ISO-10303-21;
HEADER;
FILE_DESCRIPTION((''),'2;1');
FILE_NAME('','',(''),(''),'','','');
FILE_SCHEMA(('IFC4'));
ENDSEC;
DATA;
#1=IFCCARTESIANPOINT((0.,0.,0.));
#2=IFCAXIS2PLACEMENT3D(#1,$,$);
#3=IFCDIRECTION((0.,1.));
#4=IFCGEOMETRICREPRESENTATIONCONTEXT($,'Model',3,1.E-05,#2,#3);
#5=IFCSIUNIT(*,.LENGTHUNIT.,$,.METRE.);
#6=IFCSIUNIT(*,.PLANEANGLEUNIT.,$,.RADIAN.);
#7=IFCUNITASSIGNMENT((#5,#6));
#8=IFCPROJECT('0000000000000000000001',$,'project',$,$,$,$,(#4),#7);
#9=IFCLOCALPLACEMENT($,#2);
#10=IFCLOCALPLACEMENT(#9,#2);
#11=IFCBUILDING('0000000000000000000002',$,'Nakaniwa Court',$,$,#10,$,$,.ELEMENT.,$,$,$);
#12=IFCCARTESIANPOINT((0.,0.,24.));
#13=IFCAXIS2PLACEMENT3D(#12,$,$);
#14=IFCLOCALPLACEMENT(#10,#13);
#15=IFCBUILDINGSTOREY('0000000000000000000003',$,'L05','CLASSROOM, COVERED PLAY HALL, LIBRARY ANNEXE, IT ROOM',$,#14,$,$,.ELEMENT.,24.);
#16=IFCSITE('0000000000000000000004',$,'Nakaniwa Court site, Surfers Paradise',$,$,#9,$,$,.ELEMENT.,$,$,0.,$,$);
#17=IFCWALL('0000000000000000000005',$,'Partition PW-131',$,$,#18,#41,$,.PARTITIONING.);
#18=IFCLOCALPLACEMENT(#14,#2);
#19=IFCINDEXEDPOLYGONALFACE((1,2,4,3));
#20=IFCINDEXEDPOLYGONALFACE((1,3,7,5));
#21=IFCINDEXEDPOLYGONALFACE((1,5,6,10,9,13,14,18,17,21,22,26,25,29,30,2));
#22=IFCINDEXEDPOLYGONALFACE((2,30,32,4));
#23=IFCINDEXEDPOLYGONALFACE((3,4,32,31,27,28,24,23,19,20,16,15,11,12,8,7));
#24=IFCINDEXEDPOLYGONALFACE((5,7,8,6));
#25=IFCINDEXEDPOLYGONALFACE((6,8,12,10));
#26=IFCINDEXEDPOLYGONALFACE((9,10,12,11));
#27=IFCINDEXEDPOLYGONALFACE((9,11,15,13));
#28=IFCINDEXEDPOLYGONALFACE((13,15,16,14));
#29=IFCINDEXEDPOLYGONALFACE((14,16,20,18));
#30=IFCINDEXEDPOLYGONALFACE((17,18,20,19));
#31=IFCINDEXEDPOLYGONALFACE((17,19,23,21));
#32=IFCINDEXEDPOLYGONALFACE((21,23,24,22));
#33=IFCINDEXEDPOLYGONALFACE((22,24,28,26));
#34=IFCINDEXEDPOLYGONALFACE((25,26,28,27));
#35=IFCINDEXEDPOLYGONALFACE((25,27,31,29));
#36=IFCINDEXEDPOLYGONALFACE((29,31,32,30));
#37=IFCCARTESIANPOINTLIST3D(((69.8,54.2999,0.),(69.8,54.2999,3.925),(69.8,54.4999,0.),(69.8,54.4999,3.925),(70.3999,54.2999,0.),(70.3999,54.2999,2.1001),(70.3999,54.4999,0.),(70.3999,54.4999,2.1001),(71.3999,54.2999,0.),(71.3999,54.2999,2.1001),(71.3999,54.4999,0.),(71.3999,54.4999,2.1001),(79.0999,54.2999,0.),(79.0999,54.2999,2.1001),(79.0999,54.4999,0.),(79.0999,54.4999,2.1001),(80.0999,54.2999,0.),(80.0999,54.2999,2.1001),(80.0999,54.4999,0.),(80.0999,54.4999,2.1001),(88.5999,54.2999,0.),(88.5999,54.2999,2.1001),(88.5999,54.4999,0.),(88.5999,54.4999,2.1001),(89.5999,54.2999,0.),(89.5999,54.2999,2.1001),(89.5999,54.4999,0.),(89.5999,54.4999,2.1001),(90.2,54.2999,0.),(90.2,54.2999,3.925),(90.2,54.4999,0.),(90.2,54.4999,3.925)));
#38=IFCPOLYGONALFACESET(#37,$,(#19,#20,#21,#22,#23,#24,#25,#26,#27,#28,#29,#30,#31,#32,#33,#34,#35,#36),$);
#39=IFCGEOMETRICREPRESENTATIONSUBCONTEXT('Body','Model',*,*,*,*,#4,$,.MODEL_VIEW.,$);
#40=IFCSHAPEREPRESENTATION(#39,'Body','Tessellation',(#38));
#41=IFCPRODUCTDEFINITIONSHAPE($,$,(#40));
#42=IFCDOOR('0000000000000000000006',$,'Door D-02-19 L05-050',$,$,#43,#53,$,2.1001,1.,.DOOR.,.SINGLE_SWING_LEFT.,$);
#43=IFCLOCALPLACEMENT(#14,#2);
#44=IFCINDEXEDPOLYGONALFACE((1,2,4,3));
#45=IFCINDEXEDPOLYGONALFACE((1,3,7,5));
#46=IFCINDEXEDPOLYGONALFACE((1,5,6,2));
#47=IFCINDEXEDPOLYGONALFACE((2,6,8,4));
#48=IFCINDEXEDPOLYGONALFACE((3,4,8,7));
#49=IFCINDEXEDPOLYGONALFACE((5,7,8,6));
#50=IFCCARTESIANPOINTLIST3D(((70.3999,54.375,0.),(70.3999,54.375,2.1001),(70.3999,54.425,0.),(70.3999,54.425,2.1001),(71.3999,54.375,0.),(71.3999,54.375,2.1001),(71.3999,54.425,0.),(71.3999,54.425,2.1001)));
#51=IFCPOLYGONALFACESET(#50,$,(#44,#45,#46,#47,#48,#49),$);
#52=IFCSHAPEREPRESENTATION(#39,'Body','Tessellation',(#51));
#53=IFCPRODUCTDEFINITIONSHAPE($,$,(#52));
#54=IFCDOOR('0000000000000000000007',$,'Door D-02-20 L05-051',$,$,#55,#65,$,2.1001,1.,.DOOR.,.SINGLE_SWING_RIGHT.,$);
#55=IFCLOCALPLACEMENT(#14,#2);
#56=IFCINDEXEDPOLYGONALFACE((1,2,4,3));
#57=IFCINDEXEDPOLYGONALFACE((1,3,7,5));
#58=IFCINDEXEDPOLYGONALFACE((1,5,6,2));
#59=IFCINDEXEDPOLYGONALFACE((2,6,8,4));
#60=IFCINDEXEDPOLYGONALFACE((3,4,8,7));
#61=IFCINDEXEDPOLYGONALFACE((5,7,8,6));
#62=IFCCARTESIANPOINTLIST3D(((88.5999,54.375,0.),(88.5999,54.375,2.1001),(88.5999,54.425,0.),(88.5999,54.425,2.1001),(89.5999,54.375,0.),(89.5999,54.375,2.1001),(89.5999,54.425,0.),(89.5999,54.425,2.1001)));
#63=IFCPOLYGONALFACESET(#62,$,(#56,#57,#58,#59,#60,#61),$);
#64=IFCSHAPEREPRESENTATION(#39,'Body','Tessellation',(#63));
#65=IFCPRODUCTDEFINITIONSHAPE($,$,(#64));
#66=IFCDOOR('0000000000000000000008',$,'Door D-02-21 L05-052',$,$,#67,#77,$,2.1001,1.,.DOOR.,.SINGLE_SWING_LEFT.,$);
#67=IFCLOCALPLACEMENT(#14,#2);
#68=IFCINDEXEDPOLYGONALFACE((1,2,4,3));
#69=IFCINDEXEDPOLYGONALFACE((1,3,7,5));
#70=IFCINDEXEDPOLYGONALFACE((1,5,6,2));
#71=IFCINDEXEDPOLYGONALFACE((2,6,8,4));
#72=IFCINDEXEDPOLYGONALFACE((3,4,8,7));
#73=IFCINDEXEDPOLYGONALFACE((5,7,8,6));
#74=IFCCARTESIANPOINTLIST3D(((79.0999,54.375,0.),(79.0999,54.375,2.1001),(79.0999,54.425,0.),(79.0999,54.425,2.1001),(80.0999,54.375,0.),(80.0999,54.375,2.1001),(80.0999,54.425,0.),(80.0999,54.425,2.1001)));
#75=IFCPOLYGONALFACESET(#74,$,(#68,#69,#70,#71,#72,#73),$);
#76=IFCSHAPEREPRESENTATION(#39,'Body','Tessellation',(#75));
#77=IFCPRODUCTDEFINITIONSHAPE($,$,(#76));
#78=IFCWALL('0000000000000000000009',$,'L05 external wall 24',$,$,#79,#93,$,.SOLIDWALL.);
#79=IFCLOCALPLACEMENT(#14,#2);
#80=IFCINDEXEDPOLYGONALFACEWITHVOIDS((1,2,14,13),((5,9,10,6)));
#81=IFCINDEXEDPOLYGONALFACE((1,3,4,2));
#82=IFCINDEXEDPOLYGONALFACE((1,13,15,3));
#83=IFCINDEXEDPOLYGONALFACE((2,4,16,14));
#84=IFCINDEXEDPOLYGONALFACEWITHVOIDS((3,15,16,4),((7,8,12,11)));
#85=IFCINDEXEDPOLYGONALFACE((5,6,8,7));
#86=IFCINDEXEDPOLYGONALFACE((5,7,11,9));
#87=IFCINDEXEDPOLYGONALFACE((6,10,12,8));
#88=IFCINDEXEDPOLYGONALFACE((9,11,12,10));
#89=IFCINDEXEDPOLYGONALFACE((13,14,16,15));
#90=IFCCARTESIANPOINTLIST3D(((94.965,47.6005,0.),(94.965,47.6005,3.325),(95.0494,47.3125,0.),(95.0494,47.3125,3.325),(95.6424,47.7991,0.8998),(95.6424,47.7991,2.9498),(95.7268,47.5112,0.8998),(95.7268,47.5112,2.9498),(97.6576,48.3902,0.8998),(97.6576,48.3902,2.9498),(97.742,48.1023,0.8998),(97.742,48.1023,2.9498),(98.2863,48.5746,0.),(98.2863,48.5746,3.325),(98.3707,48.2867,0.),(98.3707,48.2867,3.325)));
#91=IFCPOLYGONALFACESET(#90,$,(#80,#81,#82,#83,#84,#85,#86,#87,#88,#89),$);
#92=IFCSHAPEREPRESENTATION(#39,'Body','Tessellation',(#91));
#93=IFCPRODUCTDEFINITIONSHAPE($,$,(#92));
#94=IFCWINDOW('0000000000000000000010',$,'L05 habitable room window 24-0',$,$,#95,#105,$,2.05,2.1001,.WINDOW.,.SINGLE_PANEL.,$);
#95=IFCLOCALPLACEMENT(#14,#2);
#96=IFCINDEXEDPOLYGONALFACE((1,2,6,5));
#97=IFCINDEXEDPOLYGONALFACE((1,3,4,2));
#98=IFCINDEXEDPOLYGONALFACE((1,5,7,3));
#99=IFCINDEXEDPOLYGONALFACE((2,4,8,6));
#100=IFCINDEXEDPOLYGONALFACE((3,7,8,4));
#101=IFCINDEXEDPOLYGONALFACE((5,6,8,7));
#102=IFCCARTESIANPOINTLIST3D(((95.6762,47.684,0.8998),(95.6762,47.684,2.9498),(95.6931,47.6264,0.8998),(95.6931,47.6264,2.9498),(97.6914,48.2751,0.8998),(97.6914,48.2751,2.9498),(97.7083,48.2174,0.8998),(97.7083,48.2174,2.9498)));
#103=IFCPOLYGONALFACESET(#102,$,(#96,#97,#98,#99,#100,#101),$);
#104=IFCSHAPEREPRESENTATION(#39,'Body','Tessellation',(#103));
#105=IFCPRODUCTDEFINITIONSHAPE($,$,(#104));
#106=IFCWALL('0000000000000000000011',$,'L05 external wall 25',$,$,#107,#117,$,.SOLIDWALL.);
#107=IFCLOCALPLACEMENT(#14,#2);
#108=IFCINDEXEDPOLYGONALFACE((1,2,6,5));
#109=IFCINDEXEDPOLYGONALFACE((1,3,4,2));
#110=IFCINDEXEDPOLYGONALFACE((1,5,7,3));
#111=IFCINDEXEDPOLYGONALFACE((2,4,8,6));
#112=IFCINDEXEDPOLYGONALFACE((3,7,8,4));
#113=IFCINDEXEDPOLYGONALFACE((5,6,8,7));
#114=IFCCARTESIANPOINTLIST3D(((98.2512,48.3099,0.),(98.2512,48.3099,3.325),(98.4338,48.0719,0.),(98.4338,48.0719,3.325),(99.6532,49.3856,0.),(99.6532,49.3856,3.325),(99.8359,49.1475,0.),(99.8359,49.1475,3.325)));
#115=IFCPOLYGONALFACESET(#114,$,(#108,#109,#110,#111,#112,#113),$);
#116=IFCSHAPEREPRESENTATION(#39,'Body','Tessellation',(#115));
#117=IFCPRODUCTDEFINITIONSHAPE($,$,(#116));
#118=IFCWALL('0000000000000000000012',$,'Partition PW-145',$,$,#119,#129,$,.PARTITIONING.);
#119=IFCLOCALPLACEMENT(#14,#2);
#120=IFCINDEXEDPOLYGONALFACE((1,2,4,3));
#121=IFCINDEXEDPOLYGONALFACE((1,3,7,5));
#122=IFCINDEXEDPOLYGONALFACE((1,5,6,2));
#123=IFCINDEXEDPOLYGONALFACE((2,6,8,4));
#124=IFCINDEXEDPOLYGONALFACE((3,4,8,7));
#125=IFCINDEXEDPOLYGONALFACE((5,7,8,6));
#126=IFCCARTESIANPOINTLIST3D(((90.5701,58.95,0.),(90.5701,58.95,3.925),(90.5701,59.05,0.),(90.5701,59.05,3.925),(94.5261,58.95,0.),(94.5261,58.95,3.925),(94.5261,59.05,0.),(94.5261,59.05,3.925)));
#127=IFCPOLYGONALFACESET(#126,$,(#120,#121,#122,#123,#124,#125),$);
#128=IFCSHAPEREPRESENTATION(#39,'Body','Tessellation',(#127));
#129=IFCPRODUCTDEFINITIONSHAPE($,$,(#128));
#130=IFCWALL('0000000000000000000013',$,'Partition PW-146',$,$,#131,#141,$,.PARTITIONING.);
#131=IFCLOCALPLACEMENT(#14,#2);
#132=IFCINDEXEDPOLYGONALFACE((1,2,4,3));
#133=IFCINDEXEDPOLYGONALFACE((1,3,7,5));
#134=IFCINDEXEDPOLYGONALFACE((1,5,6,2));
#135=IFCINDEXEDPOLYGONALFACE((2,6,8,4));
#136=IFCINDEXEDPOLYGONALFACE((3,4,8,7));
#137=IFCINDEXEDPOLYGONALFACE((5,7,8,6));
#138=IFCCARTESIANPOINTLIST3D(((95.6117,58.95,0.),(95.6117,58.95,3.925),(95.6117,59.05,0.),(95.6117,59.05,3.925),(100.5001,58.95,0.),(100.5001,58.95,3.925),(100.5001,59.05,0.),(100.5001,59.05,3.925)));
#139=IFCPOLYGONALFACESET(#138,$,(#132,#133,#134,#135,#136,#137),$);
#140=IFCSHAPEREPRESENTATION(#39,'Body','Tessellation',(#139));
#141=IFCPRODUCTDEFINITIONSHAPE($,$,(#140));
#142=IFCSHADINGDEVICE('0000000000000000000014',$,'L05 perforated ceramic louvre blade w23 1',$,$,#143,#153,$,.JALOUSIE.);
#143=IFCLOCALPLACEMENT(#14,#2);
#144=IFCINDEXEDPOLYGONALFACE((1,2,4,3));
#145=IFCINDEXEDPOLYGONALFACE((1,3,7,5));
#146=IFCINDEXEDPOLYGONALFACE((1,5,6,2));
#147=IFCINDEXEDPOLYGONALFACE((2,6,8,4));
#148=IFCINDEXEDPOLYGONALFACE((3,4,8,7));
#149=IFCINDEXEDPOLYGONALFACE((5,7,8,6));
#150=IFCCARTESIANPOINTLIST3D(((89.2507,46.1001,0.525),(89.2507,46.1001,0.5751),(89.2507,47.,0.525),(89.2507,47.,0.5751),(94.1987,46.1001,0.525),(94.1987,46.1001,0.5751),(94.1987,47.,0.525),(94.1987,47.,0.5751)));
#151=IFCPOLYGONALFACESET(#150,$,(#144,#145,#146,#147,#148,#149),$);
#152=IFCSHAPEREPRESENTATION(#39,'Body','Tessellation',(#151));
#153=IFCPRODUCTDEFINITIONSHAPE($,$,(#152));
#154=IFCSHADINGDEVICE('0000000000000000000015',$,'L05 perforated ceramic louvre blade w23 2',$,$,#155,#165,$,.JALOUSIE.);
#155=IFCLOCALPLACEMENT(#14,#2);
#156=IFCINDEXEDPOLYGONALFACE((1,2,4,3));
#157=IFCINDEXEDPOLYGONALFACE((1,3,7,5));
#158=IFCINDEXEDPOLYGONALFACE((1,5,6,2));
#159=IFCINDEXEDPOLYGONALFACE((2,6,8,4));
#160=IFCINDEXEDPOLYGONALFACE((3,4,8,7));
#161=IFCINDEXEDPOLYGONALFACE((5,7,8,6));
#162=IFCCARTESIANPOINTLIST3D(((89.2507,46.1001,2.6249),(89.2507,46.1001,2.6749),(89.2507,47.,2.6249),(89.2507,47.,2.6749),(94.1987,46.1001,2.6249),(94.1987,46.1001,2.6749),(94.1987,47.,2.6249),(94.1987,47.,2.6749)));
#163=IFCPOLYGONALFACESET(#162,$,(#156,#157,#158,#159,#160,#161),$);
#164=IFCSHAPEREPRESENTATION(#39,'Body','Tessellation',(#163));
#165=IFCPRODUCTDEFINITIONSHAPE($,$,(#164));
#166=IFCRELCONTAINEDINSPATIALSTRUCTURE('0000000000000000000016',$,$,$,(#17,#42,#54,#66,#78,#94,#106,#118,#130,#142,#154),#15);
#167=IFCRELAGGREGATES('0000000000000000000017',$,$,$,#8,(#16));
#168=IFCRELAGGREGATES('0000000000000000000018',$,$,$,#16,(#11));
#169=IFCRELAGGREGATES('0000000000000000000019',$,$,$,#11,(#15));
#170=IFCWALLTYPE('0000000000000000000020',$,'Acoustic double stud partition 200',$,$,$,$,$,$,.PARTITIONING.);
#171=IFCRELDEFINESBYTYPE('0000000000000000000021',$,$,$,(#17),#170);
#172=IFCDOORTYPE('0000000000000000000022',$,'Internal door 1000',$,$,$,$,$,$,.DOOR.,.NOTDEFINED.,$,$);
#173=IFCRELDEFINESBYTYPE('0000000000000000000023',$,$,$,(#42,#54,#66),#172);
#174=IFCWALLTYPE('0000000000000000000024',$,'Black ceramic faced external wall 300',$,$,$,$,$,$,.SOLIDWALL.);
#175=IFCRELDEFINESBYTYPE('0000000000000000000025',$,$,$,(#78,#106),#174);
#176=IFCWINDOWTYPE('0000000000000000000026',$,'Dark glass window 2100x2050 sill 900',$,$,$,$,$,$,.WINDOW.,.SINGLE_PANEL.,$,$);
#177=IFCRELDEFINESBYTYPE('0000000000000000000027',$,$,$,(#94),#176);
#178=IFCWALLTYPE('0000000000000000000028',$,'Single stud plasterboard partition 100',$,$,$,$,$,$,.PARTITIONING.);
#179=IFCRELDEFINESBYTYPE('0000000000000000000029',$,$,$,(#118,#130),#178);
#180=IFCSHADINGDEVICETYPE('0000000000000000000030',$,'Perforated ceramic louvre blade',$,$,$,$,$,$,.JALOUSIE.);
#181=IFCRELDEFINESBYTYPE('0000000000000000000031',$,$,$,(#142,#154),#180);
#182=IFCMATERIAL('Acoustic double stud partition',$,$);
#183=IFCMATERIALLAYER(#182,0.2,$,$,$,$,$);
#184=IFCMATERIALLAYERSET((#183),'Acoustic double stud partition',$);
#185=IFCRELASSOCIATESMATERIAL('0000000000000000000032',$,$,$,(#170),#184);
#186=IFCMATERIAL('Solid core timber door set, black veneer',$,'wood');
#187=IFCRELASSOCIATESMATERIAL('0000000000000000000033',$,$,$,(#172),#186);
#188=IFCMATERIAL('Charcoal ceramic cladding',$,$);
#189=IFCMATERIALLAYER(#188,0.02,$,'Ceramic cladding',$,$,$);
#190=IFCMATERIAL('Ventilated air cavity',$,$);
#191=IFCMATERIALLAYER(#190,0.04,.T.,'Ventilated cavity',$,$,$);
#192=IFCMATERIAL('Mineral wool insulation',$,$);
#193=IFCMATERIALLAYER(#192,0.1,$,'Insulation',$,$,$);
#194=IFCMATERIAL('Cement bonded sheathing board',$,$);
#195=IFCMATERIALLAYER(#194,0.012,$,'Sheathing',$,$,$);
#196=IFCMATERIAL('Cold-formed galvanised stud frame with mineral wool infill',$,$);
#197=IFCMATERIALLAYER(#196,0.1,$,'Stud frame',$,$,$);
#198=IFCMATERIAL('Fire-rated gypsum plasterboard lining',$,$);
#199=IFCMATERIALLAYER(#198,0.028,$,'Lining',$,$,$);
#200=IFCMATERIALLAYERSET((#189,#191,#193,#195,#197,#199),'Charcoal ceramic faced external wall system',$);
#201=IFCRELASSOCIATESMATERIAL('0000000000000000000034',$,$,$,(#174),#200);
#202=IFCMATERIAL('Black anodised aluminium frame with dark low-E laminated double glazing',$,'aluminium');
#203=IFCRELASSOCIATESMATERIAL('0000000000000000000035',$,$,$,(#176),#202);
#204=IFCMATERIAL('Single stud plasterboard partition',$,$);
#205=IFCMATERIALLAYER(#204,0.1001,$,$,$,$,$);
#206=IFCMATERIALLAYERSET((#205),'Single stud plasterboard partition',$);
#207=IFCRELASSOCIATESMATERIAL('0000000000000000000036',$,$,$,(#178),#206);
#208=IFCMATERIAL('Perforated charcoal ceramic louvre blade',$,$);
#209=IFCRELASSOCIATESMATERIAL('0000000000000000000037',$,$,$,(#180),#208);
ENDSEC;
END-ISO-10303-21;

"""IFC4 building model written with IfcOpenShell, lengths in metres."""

from ifc_helpers import new_model, si_unit, direction, frame, frame_2d, origin, origin_2d, place, context, subcontext, project, spatial, rectangle, extrude, material, layer, layer_set, material_profile, profile_set, type_object, element, fill, save


model = new_model("IFC4")

# Units and contexts
model_context = context("Model", 3, precision=1e-05, world=origin(), true_north=direction((0.0, 1.0)))
body_context = subcontext(model_context, "Body", "Model", "MODEL_VIEW")
ifc_project = project(units=[si_unit("LENGTHUNIT", "METRE"), si_unit("PLANEANGLEUNIT", "RADIAN")], contexts=[model_context])

# Site, building, storey
site_placement = place(None, origin())
site = spatial("IfcSite", under=ifc_project, at=site_placement, Name="Nakaniwa Court site, Surfers Paradise", CompositionType="ELEMENT", RefElevation=0.0)
building_placement = place(site_placement, origin())
building = spatial("IfcBuilding", under=site, at=building_placement, Name="Nakaniwa Court", CompositionType="ELEMENT")
storey_placement = place(building_placement, frame((0.0, 0.0, 24.0)))
storey = spatial("IfcBuildingStorey", under=building, at=storey_placement, Name="L05", Description="CLASSROOM, COVERED PLAY HALL, LIBRARY ANNEXE, IT ROOM", CompositionType="ELEMENT", Elevation=24.0)

# Shared definitions
ifc_material_1 = material(Name="Acoustic double stud partition")
ifc_layer_1 = layer(ifc_material_1, 0.2)
ifc_layer_set_1 = layer_set([ifc_layer_1], Name="Acoustic double stud partition")
wall_type_1 = type_object("IfcWallType", Name="Acoustic double stud partition 200", PredefinedType="PARTITIONING", material=ifc_layer_set_1)

# Wall, openings, doors
wall_1_placement = place(storey_placement, frame((90.2, 54.3999, 0.0), z_axis=(0.0, 0.0, 1.0), x_axis=(-1.0, 0.0, 0.0)))
wall_1 = element("IfcWall", 1, at=wall_1_placement, inside=storey, type_object=wall_type_1, Name="Partition PW-131", PredefinedType="PARTITIONING", context=body_context, shape_type="SweptSolid", body=[
    extrude(rectangle(XDim=20.3999, YDim=0.2, at=frame_2d((10.2, 0.0))), origin(), (0.0, 0.0, 1.0), 3.925),
])
opening_1_placement = place(wall_1_placement, frame((18.8, 0.0, 0.0)))
opening_1 = element("IfcOpeningElement", 2, at=opening_1_placement, cuts=wall_1, PredefinedType="OPENING", context=body_context, shape_type="SweptSolid", body=[
    extrude(rectangle(XDim=1.0, YDim=2.1001, at=frame_2d((0.5, 1.05))), frame((0.0, 0.1099, 0.0), z_axis=(0.0, -1.0, 0.0), x_axis=(1.0, 0.0, 0.0)), (0.0, 0.0, 1.0), 0.22),
])
opening_2_placement = place(wall_1_placement, frame((0.6001, 0.0, 0.0)))
opening_2 = element("IfcOpeningElement", 3, at=opening_2_placement, cuts=wall_1, PredefinedType="OPENING", context=body_context, shape_type="SweptSolid", body=[
    extrude(rectangle(XDim=1.0, YDim=2.1001, at=frame_2d((0.5, 1.05))), frame((0.0, 0.1099, 0.0), z_axis=(0.0, -1.0, 0.0), x_axis=(1.0, 0.0, 0.0)), (0.0, 0.0, 1.0), 0.22),
])
opening_3_placement = place(wall_1_placement, frame((10.1001, 0.0, 0.0)))
opening_3 = element("IfcOpeningElement", 4, at=opening_3_placement, cuts=wall_1, PredefinedType="OPENING", context=body_context, shape_type="SweptSolid", body=[
    extrude(rectangle(XDim=1.0, YDim=2.1001, at=frame_2d((0.5, 1.05))), frame((0.0, 0.1099, 0.0), z_axis=(0.0, -1.0, 0.0), x_axis=(1.0, 0.0, 0.0)), (0.0, 0.0, 1.0), 0.22),
])
ifc_material_2 = material(Name="Solid core timber door set, black veneer", Category="wood")
door_type = type_object("IfcDoorType", Name="Internal door 1000", OperationType="NOTDEFINED", PredefinedType="DOOR", material=ifc_material_2)
door_1_placement = place(opening_1_placement, origin())
door_1 = element("IfcDoor", 5, at=door_1_placement, inside=storey, type_object=door_type, Name="Door D-02-19 L05-050", OperationType="SINGLE_SWING_LEFT", OverallHeight=2.1001, OverallWidth=1.0, PredefinedType="DOOR", context=body_context, shape_type="SweptSolid", body=[
    extrude(rectangle(XDim=1.0, YDim=2.1001, at=frame_2d((0.5, 1.05))), frame((0.0, 0.0249, 0.0), z_axis=(0.0, -1.0, 0.0), x_axis=(1.0, 0.0, 0.0)), (0.0, 0.0, 1.0), 0.05),
])
fill(opening_1, door_1)
door_2_placement = place(opening_2_placement, origin())
door_2 = element("IfcDoor", 6, at=door_2_placement, inside=storey, type_object=door_type, Name="Door D-02-20 L05-051", OperationType="SINGLE_SWING_RIGHT", OverallHeight=2.1001, OverallWidth=1.0, PredefinedType="DOOR", context=body_context, shape_type="SweptSolid", body=[
    extrude(rectangle(XDim=1.0, YDim=2.1001, at=frame_2d((0.5, 1.05))), frame((0.0, 0.0249, 0.0), z_axis=(0.0, -1.0, 0.0), x_axis=(1.0, 0.0, 0.0)), (0.0, 0.0, 1.0), 0.05),
])
fill(opening_2, door_2)
door_3_placement = place(opening_3_placement, origin())
door_3 = element("IfcDoor", 7, at=door_3_placement, inside=storey, type_object=door_type, Name="Door D-02-21 L05-052", OperationType="SINGLE_SWING_LEFT", OverallHeight=2.1001, OverallWidth=1.0, PredefinedType="DOOR", context=body_context, shape_type="SweptSolid", body=[
    extrude(rectangle(XDim=1.0, YDim=2.1001, at=frame_2d((0.5, 1.05))), frame((0.0, 0.0249, 0.0), z_axis=(0.0, -1.0, 0.0), x_axis=(1.0, 0.0, 0.0)), (0.0, 0.0, 1.0), 0.05),
])
fill(opening_3, door_3)

# Wall, opening, window
ifc_material_3 = material(Name="Charcoal ceramic cladding")
ifc_layer_2 = layer(ifc_material_3, 0.02, Name="Ceramic cladding")
ifc_material_4 = material(Name="Ventilated air cavity")
ifc_layer_3 = layer(ifc_material_4, 0.04, ventilated=True, Name="Ventilated cavity")
ifc_material_5 = material(Name="Mineral wool insulation")
ifc_layer_4 = layer(ifc_material_5, 0.1, Name="Insulation")
ifc_material_6 = material(Name="Cement bonded sheathing board")
ifc_layer_5 = layer(ifc_material_6, 0.012, Name="Sheathing")
ifc_material_7 = material(Name="Cold-formed galvanised stud frame with mineral wool infill")
ifc_layer_6 = layer(ifc_material_7, 0.1, Name="Stud frame")
ifc_material_8 = material(Name="Fire-rated gypsum plasterboard lining")
ifc_layer_7 = layer(ifc_material_8, 0.028, Name="Lining")
ifc_layer_set_2 = layer_set([ifc_layer_2, ifc_layer_3, ifc_layer_4, ifc_layer_5, ifc_layer_6, ifc_layer_7], Name="Charcoal ceramic faced external wall system")
wall_type_2 = type_object("IfcWallType", Name="Black ceramic faced external wall 300", PredefinedType="SOLIDWALL", material=ifc_layer_set_2)
wall_2_placement = place(storey_placement, frame((95.0073, 47.4565, 0.0), z_axis=(0.0, 0.0, 1.0), x_axis=(0.959579, 0.281441, 0.0)))
wall_2 = element("IfcWall", 8, at=wall_2_placement, inside=storey, type_object=wall_type_2, Name="L05 external wall 24", PredefinedType="SOLIDWALL", context=body_context, shape_type="SweptSolid", body=[
    extrude(rectangle(XDim=3.4612, YDim=0.3, at=frame_2d((1.7305, 0.0))), origin(), (0.0, 0.0, 1.0), 3.325),
])
opening_4_placement = place(wall_2_placement, frame((0.7058, 0.0, 0.8999)))
opening_4 = element("IfcOpeningElement", 9, at=opening_4_placement, cuts=wall_2, PredefinedType="OPENING", context=body_context, shape_type="SweptSolid", body=[
    extrude(rectangle(XDim=2.1001, YDim=2.05, at=frame_2d((1.05, 1.0249))), frame((0.0, 0.1599, 0.0), z_axis=(0.0, -1.0, 0.0), x_axis=(1.0, 0.0, 0.0)), (0.0, 0.0, 1.0), 0.3201),
])
ifc_material_9 = material(Name="Black anodised aluminium frame with dark low-E laminated double glazing", Category="aluminium")
window_type = type_object("IfcWindowType", Name="Dark glass window 2100x2050 sill 900", PartitioningType="SINGLE_PANEL", PredefinedType="WINDOW", material=ifc_material_9)
window_placement = place(opening_4_placement, origin())
window = element("IfcWindow", 10, at=window_placement, inside=storey, type_object=window_type, Name="L05 habitable room window 24-0", OverallHeight=2.05, OverallWidth=2.1001, PartitioningType="SINGLE_PANEL", PredefinedType="WINDOW", context=body_context, shape_type="SweptSolid", body=[
    extrude(rectangle(XDim=2.1001, YDim=2.05, at=frame_2d((1.05, 1.0249))), frame((0.0, 0.03, 0.0), z_axis=(0.0, -1.0, 0.0), x_axis=(1.0, 0.0, 0.0)), (0.0, 0.0, 1.0), 0.0601),
])
fill(opening_4, window)

# Walls
wall_3_placement = place(storey_placement, frame((98.3425, 48.1909, 0.0), z_axis=(0.0, 0.0, 1.0), x_axis=(0.793404, 0.608695, 0.0)))
element("IfcWall", 11, at=wall_3_placement, inside=storey, type_object=wall_type_2, Name="L05 external wall 25", PredefinedType="SOLIDWALL", context=body_context, shape_type="SweptSolid", body=[
    extrude(rectangle(XDim=1.7671, YDim=0.3, at=frame_2d((0.8835, 0.0))), origin(), (0.0, 0.0, 1.0), 3.325),
])
ifc_material_10 = material(Name="Single stud plasterboard partition")
ifc_layer_8 = layer(ifc_material_10, 0.1001)
ifc_layer_set_3 = layer_set([ifc_layer_8], Name="Single stud plasterboard partition")
wall_type_3 = type_object("IfcWallType", Name="Single stud plasterboard partition 100", PredefinedType="PARTITIONING", material=ifc_layer_set_3)
wall_4_placement = place(storey_placement, frame((90.5701, 59.0, 0.0), z_axis=(0.0, 0.0, 1.0), x_axis=(1.0, 0.0, 0.0)))
element("IfcWall", 12, at=wall_4_placement, inside=storey, type_object=wall_type_3, Name="Partition PW-145", PredefinedType="PARTITIONING", context=body_context, shape_type="SweptSolid", body=[
    extrude(rectangle(XDim=3.9561, YDim=0.1001, at=frame_2d((1.978, 0.0))), origin(), (0.0, 0.0, 1.0), 3.925),
])
wall_5_placement = place(storey_placement, frame((95.6116, 59.0, 0.0), z_axis=(0.0, 0.0, 1.0), x_axis=(1.0, 0.0, 0.0)))
element("IfcWall", 13, at=wall_5_placement, inside=storey, type_object=wall_type_3, Name="Partition PW-146", PredefinedType="PARTITIONING", context=body_context, shape_type="SweptSolid", body=[
    extrude(rectangle(XDim=4.8884, YDim=0.1001, at=frame_2d((2.4443, 0.0))), origin(), (0.0, 0.0, 1.0), 3.925),
])

# Shading devices
ifc_material_11 = material(Name="Perforated charcoal ceramic louvre blade")
ifc_material_profile_1 = material_profile(ifc_material_11, rectangle(XDim=0.8999, YDim=0.05, at=origin_2d()), Name="Perforated ceramic louvre blade")
ifc_profile_set_1 = profile_set([ifc_material_profile_1], Name="Perforated charcoal ceramic louvre blade")
shading_device_type = type_object("IfcShadingDeviceType", Name="Perforated ceramic louvre blade", PredefinedType="JALOUSIE", material=ifc_profile_set_1)
for number, where, z_axis, x_axis, name in (
    (14, (89.2507, 46.55, 0.55), (1.0, 0.0, 0.0), (0.0, 1.0, 0.0), "L05 perforated ceramic louvre blade w23 1"),
    (15, (89.2507, 46.55, 2.6499), (1.0, 0.0, 0.0), (0.0, 1.0, 0.0), "L05 perforated ceramic louvre blade w23 2"),
):
    element("IfcShadingDevice", number, at=place(storey_placement, frame(where, z_axis=z_axis, x_axis=x_axis)), inside=storey, type_object=shading_device_type, Name=name, PredefinedType="JALOUSIE", context=body_context, shape_type="SweptSolid", body=[
        extrude(rectangle(XDim=0.8999, YDim=0.05, at=origin_2d()), origin(), (0.0, 0.0, 1.0), 4.948),
    ])

save(model, "model.ifc")
